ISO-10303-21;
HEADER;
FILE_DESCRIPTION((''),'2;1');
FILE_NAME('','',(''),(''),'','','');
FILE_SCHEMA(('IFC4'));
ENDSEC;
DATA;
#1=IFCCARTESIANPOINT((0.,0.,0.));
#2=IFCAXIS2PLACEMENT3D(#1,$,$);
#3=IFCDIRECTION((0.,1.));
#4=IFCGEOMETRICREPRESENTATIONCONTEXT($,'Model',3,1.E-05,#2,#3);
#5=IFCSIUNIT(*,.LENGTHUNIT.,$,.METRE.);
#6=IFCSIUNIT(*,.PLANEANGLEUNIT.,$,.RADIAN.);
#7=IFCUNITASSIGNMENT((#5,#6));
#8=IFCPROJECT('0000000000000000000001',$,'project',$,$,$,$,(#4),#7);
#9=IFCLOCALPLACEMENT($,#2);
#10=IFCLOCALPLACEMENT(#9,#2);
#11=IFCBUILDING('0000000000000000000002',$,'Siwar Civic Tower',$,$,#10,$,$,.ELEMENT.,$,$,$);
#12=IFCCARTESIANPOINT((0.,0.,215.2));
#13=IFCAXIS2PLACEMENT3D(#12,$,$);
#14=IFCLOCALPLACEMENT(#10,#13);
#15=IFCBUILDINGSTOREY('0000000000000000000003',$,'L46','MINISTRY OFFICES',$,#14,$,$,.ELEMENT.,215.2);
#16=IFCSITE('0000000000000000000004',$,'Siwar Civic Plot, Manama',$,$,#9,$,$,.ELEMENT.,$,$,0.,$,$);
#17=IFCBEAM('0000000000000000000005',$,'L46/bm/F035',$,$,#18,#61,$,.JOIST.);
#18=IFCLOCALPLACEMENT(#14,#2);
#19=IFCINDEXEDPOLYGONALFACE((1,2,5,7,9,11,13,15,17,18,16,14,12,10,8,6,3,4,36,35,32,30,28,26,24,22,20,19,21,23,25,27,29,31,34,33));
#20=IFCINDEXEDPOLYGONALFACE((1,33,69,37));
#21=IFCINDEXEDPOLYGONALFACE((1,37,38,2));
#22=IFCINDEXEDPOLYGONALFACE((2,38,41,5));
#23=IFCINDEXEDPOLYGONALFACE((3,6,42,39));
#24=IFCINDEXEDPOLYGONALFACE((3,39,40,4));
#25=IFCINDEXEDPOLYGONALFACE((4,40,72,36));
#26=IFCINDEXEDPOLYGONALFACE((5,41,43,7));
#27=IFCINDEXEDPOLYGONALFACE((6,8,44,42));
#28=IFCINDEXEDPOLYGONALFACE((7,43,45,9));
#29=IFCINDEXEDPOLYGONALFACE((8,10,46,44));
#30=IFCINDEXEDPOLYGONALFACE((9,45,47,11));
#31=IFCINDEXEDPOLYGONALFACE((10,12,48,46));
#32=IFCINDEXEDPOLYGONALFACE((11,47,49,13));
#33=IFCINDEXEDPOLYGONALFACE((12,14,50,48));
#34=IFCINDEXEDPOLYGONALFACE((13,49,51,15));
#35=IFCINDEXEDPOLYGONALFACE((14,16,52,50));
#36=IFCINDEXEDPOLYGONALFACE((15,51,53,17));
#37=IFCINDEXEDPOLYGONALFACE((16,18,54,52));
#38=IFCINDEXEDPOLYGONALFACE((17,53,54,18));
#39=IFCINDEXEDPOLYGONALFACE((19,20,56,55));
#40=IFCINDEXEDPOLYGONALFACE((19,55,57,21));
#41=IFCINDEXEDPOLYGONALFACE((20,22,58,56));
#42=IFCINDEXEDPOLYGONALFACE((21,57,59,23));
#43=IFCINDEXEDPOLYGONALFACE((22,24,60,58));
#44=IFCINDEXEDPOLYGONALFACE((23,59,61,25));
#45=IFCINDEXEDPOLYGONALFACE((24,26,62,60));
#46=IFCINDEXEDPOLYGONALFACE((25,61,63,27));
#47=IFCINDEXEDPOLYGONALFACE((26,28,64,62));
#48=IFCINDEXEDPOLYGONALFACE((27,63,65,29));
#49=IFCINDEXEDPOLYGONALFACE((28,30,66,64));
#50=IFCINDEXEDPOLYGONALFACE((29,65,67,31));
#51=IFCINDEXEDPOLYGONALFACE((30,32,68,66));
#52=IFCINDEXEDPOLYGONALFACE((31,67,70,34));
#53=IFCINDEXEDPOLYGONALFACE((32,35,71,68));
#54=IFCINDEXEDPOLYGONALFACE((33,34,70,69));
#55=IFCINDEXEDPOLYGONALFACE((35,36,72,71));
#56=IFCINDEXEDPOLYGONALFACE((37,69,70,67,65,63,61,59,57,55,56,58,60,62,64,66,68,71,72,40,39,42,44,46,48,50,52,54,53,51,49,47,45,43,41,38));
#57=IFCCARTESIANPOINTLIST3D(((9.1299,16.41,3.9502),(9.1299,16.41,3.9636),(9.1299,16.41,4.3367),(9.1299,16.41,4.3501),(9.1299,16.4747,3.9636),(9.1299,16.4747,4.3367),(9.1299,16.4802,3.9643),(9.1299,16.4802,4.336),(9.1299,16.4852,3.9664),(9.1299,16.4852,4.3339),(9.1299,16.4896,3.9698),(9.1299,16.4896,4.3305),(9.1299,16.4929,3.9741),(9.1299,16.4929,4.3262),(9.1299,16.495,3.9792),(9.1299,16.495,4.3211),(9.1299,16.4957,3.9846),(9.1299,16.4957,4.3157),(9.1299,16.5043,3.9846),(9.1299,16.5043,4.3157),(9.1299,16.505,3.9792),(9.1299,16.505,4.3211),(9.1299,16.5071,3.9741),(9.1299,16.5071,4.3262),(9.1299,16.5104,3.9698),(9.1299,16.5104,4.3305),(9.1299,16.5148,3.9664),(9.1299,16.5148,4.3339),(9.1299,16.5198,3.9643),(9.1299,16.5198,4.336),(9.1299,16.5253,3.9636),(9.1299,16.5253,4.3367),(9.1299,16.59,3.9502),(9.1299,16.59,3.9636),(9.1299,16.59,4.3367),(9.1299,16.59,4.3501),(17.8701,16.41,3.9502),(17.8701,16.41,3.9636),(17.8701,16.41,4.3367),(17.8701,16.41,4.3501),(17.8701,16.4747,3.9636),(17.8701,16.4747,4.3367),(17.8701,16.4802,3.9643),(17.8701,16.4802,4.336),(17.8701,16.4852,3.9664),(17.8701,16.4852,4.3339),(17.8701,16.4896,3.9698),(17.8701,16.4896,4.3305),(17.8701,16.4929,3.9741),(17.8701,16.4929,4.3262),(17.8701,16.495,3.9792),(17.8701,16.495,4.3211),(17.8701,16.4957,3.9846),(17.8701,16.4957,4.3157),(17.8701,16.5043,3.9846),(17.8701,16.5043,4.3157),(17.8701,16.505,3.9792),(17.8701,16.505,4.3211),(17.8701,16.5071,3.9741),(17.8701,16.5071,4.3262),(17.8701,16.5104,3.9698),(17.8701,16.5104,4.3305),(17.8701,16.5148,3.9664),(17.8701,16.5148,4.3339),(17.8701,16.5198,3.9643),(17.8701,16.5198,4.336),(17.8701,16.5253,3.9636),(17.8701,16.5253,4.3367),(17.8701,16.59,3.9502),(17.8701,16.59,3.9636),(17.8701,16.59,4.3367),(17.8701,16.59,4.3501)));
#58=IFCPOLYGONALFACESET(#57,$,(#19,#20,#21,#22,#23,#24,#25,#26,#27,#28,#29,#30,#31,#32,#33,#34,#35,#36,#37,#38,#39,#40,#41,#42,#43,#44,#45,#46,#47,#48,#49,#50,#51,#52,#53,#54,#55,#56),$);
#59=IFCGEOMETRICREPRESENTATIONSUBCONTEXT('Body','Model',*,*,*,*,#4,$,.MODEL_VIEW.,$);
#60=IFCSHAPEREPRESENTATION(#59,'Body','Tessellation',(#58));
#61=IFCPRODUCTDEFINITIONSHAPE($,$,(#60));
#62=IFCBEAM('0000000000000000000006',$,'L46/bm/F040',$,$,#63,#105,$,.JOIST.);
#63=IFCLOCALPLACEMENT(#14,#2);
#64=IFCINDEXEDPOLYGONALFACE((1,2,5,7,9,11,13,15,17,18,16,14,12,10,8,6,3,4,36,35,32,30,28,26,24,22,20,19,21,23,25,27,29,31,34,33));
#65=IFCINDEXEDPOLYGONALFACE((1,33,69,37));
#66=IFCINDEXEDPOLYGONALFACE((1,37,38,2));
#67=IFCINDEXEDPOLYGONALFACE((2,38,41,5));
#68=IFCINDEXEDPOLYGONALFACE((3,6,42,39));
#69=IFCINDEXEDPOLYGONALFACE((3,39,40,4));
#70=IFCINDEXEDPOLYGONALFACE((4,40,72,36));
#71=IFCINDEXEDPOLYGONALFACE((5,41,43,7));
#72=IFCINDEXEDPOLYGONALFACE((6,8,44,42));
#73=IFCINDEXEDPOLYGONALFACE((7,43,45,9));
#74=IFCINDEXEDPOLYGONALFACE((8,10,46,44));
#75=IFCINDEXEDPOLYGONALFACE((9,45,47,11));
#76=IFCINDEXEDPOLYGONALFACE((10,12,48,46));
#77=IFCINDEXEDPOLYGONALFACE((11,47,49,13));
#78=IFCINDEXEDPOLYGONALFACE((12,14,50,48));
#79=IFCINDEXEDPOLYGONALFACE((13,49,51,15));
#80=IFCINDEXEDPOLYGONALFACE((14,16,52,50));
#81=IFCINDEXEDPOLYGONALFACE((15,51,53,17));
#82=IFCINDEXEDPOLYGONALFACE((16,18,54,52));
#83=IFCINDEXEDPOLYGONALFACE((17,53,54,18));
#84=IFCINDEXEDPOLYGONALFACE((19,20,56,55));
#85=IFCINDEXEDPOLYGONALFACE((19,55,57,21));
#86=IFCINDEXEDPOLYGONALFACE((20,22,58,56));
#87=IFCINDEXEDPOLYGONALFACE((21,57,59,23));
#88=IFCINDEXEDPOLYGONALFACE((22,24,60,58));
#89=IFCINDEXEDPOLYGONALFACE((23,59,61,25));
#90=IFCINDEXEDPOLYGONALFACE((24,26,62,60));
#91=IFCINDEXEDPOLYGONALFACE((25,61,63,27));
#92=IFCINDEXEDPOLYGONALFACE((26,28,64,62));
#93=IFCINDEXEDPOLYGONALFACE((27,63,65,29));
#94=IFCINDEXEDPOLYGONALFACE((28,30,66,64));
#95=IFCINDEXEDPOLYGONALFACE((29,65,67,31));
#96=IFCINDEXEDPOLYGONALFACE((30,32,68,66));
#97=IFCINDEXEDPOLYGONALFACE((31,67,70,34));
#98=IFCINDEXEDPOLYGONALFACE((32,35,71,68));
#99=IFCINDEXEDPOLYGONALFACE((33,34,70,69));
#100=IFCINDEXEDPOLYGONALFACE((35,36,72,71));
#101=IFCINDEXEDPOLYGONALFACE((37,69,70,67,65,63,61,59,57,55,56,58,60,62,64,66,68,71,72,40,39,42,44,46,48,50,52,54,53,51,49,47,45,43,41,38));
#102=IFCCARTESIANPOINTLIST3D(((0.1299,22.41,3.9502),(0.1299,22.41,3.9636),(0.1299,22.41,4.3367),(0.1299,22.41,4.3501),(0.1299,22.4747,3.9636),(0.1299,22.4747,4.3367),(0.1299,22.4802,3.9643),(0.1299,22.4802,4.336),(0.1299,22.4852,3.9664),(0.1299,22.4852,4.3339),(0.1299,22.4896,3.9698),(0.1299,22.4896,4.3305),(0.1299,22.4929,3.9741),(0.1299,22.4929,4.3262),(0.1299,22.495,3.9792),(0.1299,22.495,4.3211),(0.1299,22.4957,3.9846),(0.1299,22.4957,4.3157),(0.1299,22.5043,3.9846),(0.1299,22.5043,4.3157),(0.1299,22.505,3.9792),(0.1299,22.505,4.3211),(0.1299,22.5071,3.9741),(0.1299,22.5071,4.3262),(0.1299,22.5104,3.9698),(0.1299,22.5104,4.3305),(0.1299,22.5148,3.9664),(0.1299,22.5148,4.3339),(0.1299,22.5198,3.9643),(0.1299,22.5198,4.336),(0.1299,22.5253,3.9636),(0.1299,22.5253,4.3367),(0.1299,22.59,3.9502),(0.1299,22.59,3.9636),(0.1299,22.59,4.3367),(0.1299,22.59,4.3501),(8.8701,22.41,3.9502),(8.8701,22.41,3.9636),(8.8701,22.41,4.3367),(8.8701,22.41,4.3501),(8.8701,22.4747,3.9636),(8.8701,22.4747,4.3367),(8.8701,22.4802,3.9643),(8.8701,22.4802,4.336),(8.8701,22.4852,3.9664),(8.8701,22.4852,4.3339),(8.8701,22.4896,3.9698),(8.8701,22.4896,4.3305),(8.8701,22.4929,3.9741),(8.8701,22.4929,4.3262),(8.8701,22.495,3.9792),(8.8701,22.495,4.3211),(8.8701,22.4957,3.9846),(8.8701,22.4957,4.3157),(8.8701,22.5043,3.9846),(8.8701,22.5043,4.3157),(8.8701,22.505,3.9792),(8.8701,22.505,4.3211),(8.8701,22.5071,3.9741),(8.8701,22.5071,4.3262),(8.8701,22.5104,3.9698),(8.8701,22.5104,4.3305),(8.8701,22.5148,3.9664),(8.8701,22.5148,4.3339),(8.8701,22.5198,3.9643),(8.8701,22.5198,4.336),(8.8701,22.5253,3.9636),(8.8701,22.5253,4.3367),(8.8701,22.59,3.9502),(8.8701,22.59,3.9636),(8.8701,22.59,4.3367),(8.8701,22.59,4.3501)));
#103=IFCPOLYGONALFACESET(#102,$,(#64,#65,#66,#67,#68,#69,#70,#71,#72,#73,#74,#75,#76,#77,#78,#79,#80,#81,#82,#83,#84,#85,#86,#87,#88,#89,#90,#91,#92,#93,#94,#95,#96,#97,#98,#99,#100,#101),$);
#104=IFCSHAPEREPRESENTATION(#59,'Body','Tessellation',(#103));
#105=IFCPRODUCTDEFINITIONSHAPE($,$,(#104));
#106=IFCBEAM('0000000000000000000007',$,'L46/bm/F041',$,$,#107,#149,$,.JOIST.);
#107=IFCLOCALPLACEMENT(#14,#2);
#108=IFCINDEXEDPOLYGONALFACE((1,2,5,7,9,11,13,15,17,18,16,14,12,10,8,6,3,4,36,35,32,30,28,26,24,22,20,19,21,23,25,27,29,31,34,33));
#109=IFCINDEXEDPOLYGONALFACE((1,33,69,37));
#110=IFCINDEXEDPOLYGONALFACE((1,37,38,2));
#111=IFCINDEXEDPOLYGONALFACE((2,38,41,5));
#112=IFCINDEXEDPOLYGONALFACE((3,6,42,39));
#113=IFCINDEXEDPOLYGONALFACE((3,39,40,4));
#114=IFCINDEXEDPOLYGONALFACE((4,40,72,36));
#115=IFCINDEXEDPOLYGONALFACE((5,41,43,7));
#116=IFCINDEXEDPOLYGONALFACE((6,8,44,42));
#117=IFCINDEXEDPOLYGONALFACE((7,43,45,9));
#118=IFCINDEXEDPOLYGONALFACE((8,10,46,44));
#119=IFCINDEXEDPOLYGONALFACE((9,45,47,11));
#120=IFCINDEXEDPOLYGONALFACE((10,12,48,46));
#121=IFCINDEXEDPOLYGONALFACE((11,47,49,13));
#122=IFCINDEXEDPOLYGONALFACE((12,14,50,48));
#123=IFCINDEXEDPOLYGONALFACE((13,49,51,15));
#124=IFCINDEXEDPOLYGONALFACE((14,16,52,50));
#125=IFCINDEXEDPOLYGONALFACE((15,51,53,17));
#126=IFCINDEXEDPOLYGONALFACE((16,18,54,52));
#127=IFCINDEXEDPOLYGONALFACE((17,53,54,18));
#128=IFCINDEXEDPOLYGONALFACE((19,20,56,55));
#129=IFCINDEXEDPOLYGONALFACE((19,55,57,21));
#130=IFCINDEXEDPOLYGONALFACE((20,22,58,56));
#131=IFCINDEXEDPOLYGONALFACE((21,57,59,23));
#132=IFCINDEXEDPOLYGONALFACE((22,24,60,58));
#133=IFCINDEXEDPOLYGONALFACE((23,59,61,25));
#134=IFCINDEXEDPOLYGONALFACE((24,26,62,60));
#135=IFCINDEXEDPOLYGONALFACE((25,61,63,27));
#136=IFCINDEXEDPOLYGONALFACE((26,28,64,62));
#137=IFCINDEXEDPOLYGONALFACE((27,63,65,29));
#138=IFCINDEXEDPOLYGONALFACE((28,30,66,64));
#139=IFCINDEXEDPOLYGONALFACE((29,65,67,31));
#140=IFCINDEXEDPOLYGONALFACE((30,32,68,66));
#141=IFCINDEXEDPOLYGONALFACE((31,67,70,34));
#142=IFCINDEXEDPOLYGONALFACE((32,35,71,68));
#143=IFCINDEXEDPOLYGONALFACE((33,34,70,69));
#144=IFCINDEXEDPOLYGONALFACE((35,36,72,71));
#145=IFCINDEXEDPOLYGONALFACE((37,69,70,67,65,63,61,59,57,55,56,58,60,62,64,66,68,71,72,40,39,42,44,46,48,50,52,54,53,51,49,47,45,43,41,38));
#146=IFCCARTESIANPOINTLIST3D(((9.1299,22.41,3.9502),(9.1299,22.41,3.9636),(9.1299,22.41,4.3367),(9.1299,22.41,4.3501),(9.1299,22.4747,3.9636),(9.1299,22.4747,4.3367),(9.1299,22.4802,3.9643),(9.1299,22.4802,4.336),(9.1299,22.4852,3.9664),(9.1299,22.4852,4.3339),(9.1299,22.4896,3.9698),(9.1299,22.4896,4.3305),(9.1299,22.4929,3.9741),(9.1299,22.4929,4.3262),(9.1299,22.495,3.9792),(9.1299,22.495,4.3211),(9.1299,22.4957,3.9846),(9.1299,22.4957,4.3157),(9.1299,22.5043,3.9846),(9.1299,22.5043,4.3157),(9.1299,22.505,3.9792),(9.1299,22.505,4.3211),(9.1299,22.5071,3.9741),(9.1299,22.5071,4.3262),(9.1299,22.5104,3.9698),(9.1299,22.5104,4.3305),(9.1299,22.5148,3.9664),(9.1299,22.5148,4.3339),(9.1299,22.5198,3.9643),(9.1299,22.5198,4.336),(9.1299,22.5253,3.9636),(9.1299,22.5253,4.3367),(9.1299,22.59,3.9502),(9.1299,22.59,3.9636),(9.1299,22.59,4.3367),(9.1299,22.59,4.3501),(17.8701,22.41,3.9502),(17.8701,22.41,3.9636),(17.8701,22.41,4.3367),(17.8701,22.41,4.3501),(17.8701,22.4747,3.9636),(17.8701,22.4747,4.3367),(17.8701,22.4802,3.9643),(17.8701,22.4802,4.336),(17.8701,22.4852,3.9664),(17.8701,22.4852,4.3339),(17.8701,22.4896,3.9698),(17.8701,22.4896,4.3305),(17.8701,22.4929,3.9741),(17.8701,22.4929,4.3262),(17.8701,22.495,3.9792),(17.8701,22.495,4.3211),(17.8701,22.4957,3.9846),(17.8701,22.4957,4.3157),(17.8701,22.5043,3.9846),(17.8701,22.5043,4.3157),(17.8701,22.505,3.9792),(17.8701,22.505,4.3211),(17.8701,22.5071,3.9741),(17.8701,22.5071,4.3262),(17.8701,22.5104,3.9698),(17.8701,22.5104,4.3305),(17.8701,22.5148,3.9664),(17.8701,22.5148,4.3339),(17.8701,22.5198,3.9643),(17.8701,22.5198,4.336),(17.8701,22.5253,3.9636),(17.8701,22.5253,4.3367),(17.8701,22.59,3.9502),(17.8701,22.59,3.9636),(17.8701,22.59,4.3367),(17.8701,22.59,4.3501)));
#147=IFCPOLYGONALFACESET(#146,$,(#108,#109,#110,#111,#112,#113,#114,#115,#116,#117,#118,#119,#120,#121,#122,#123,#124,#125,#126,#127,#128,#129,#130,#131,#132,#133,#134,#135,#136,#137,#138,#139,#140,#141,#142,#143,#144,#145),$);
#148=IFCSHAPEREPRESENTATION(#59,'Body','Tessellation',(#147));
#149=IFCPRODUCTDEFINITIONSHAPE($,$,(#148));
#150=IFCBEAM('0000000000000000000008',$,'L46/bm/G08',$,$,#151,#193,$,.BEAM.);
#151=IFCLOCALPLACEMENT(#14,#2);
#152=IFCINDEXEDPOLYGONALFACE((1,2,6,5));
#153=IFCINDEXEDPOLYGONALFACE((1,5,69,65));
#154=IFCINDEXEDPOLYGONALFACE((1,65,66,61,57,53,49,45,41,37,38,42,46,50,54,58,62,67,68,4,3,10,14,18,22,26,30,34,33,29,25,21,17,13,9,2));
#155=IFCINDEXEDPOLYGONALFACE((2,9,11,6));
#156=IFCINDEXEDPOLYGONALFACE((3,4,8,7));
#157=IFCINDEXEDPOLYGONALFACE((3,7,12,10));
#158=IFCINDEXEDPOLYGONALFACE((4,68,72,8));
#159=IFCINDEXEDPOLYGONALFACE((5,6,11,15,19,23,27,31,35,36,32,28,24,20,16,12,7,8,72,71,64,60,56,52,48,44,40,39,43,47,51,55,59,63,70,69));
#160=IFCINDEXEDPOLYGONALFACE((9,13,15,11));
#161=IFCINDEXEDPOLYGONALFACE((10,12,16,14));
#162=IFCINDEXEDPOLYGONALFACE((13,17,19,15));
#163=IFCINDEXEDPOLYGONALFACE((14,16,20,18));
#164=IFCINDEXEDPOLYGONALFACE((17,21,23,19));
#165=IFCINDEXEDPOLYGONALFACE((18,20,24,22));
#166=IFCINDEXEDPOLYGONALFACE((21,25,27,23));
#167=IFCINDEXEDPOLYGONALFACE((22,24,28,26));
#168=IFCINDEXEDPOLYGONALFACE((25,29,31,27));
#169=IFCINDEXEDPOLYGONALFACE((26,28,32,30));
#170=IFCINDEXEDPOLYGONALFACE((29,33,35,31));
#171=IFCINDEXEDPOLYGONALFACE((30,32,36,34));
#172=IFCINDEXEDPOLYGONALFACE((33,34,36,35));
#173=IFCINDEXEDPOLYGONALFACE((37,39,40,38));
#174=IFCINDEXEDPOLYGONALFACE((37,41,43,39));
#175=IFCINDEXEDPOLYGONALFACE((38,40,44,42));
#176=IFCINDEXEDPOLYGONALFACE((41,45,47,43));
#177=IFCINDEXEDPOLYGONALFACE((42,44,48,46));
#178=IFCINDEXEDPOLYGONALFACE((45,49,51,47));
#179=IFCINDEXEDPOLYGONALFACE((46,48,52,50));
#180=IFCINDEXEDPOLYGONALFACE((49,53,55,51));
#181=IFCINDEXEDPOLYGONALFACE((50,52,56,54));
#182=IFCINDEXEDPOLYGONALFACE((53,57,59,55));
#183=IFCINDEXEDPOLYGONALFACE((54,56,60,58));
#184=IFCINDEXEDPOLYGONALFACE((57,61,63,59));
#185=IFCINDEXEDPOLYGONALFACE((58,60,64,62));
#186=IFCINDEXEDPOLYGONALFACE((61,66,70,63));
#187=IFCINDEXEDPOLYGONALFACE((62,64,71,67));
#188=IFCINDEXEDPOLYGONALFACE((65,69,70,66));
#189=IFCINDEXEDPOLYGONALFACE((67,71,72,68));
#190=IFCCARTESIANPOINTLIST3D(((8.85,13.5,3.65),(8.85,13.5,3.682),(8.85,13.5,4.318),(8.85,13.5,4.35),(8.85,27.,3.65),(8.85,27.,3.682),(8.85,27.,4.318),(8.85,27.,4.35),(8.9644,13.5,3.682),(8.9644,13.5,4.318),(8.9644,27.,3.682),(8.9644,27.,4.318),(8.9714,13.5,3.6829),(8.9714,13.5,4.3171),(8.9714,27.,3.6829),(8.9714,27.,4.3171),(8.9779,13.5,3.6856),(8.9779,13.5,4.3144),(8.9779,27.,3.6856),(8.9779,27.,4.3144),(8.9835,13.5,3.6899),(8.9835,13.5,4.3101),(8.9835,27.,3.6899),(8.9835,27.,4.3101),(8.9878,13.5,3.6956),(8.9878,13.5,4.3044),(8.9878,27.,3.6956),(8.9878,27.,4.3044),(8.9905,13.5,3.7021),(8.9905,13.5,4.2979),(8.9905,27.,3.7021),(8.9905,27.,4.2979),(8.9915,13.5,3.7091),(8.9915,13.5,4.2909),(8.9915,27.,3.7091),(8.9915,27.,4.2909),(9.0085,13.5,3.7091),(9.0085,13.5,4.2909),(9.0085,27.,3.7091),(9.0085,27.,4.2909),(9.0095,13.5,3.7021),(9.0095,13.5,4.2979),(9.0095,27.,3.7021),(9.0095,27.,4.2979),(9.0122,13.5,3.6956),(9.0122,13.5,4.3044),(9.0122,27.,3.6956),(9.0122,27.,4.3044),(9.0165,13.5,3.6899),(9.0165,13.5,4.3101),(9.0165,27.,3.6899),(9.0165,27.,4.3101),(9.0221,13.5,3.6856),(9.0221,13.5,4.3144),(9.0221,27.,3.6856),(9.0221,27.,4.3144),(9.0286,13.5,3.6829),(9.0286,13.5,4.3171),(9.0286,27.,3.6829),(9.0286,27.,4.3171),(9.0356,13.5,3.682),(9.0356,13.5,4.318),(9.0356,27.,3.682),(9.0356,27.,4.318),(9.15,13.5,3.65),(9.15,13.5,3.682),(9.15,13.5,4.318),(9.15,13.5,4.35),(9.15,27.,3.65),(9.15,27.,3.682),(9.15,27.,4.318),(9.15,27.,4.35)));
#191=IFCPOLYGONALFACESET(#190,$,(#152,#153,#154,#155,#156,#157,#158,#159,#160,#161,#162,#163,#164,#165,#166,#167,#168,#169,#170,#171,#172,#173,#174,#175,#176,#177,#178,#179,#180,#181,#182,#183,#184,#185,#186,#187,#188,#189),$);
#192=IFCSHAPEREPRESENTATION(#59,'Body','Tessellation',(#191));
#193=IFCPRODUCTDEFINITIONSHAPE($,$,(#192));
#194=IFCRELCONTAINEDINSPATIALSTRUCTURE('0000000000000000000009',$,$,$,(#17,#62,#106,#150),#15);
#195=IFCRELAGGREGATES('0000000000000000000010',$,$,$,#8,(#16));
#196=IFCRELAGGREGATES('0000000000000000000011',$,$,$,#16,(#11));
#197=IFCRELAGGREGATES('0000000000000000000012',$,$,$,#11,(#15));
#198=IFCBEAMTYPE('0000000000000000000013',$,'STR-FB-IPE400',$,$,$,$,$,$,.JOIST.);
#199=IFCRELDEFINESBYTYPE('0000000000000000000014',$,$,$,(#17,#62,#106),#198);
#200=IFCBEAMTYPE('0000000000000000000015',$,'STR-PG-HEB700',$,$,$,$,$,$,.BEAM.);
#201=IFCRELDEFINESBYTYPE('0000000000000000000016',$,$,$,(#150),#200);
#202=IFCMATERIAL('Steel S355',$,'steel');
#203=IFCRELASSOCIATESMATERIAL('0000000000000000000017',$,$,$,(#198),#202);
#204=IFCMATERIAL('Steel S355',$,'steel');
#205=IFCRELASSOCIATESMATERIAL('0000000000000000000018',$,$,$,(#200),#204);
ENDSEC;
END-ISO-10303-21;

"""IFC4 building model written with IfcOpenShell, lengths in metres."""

from ifc_helpers import new_model, si_unit, direction, frame, origin, origin_2d, place, context, subcontext, project, spatial, i_section, extrude, material, material_profile, profile_set, type_object, element, save


model = new_model("IFC4")

# Units and contexts
model_context = context("Model", 3, precision=1e-05, world=origin(), true_north=direction((0.0, 1.0)))
body_context = subcontext(model_context, "Body", "Model", "MODEL_VIEW")
ifc_project = project(units=[si_unit("LENGTHUNIT", "METRE"), si_unit("PLANEANGLEUNIT", "RADIAN")], contexts=[model_context])

# Site, building, storey
site_placement = place(None, origin())
site = spatial("IfcSite", under=ifc_project, at=site_placement, Name="Siwar Civic Plot, Manama", CompositionType="ELEMENT", RefElevation=0.0)
building_placement = place(site_placement, origin())
building = spatial("IfcBuilding", under=site, at=building_placement, Name="Siwar Civic Tower", CompositionType="ELEMENT")
storey_placement = place(building_placement, frame((0.0, 0.0, 215.2)))
storey = spatial("IfcBuildingStorey", under=building, at=storey_placement, Name="L46", Description="MINISTRY OFFICES", CompositionType="ELEMENT", Elevation=215.2)

# Beams
ifc_material_1 = material(Name="Steel S355", Category="steel")
ifc_material_profile_1 = material_profile(ifc_material_1, i_section(OverallWidth=0.1799, OverallDepth=0.3999, WebThickness=0.0085, FlangeThickness=0.0134, FilletRadius=0.021, at=origin_2d()), Name="IPE400")
ifc_profile_set_1 = profile_set([ifc_material_profile_1], Name="Steel S355")
beam_type_1 = type_object("IfcBeamType", Name="STR-FB-IPE400", PredefinedType="JOIST", material=ifc_profile_set_1)
for number, where, z_axis, x_axis, name in (
    (1, (9.1299, 16.5, 4.1501), (1.0, 0.0, 0.0), (0.0, 1.0, 0.0), "L46/bm/F035"),
    (2, (0.1299, 22.5, 4.1501), (1.0, 0.0, 0.0), (0.0, 1.0, 0.0), "L46/bm/F040"),
    (3, (9.1299, 22.5, 4.1501), (1.0, 0.0, 0.0), (0.0, 1.0, 0.0), "L46/bm/F041"),
):
    element("IfcBeam", number, at=place(storey_placement, frame(where, z_axis=z_axis, x_axis=x_axis)), inside=storey, type_object=beam_type_1, Name=name, PredefinedType="JOIST", context=body_context, shape_type="SweptSolid", body=[
        extrude(i_section(OverallWidth=0.1799, OverallDepth=0.3999, WebThickness=0.0085, FlangeThickness=0.0134, FilletRadius=0.021, at=origin_2d()), origin(), (0.0, 0.0, 1.0), 8.7402),
    ])
ifc_material_2 = material(Name="Steel S355", Category="steel")
ifc_material_profile_2 = material_profile(ifc_material_2, i_section(OverallWidth=0.3, OverallDepth=0.7, WebThickness=0.0171, FlangeThickness=0.032, FilletRadius=0.0271, at=origin_2d()), Name="HEB700")
ifc_profile_set_2 = profile_set([ifc_material_profile_2], Name="Steel S355")
beam_type_2 = type_object("IfcBeamType", Name="STR-PG-HEB700", PredefinedType="BEAM", material=ifc_profile_set_2)
beam_1_placement = place(storey_placement, frame((9.0, 13.5, 4.0), z_axis=(0.0, 1.0, 0.0), x_axis=(-1.0, 0.0, 0.0)))
element("IfcBeam", 4, at=beam_1_placement, inside=storey, type_object=beam_type_2, Name="L46/bm/G08", PredefinedType="BEAM", context=body_context, shape_type="SweptSolid", body=[
    extrude(i_section(OverallWidth=0.3, OverallDepth=0.7, WebThickness=0.0171, FlangeThickness=0.032, FilletRadius=0.0271, at=origin_2d()), origin(), (0.0, 0.0, 1.0), 13.5),
])

save(model, "model.ifc")
